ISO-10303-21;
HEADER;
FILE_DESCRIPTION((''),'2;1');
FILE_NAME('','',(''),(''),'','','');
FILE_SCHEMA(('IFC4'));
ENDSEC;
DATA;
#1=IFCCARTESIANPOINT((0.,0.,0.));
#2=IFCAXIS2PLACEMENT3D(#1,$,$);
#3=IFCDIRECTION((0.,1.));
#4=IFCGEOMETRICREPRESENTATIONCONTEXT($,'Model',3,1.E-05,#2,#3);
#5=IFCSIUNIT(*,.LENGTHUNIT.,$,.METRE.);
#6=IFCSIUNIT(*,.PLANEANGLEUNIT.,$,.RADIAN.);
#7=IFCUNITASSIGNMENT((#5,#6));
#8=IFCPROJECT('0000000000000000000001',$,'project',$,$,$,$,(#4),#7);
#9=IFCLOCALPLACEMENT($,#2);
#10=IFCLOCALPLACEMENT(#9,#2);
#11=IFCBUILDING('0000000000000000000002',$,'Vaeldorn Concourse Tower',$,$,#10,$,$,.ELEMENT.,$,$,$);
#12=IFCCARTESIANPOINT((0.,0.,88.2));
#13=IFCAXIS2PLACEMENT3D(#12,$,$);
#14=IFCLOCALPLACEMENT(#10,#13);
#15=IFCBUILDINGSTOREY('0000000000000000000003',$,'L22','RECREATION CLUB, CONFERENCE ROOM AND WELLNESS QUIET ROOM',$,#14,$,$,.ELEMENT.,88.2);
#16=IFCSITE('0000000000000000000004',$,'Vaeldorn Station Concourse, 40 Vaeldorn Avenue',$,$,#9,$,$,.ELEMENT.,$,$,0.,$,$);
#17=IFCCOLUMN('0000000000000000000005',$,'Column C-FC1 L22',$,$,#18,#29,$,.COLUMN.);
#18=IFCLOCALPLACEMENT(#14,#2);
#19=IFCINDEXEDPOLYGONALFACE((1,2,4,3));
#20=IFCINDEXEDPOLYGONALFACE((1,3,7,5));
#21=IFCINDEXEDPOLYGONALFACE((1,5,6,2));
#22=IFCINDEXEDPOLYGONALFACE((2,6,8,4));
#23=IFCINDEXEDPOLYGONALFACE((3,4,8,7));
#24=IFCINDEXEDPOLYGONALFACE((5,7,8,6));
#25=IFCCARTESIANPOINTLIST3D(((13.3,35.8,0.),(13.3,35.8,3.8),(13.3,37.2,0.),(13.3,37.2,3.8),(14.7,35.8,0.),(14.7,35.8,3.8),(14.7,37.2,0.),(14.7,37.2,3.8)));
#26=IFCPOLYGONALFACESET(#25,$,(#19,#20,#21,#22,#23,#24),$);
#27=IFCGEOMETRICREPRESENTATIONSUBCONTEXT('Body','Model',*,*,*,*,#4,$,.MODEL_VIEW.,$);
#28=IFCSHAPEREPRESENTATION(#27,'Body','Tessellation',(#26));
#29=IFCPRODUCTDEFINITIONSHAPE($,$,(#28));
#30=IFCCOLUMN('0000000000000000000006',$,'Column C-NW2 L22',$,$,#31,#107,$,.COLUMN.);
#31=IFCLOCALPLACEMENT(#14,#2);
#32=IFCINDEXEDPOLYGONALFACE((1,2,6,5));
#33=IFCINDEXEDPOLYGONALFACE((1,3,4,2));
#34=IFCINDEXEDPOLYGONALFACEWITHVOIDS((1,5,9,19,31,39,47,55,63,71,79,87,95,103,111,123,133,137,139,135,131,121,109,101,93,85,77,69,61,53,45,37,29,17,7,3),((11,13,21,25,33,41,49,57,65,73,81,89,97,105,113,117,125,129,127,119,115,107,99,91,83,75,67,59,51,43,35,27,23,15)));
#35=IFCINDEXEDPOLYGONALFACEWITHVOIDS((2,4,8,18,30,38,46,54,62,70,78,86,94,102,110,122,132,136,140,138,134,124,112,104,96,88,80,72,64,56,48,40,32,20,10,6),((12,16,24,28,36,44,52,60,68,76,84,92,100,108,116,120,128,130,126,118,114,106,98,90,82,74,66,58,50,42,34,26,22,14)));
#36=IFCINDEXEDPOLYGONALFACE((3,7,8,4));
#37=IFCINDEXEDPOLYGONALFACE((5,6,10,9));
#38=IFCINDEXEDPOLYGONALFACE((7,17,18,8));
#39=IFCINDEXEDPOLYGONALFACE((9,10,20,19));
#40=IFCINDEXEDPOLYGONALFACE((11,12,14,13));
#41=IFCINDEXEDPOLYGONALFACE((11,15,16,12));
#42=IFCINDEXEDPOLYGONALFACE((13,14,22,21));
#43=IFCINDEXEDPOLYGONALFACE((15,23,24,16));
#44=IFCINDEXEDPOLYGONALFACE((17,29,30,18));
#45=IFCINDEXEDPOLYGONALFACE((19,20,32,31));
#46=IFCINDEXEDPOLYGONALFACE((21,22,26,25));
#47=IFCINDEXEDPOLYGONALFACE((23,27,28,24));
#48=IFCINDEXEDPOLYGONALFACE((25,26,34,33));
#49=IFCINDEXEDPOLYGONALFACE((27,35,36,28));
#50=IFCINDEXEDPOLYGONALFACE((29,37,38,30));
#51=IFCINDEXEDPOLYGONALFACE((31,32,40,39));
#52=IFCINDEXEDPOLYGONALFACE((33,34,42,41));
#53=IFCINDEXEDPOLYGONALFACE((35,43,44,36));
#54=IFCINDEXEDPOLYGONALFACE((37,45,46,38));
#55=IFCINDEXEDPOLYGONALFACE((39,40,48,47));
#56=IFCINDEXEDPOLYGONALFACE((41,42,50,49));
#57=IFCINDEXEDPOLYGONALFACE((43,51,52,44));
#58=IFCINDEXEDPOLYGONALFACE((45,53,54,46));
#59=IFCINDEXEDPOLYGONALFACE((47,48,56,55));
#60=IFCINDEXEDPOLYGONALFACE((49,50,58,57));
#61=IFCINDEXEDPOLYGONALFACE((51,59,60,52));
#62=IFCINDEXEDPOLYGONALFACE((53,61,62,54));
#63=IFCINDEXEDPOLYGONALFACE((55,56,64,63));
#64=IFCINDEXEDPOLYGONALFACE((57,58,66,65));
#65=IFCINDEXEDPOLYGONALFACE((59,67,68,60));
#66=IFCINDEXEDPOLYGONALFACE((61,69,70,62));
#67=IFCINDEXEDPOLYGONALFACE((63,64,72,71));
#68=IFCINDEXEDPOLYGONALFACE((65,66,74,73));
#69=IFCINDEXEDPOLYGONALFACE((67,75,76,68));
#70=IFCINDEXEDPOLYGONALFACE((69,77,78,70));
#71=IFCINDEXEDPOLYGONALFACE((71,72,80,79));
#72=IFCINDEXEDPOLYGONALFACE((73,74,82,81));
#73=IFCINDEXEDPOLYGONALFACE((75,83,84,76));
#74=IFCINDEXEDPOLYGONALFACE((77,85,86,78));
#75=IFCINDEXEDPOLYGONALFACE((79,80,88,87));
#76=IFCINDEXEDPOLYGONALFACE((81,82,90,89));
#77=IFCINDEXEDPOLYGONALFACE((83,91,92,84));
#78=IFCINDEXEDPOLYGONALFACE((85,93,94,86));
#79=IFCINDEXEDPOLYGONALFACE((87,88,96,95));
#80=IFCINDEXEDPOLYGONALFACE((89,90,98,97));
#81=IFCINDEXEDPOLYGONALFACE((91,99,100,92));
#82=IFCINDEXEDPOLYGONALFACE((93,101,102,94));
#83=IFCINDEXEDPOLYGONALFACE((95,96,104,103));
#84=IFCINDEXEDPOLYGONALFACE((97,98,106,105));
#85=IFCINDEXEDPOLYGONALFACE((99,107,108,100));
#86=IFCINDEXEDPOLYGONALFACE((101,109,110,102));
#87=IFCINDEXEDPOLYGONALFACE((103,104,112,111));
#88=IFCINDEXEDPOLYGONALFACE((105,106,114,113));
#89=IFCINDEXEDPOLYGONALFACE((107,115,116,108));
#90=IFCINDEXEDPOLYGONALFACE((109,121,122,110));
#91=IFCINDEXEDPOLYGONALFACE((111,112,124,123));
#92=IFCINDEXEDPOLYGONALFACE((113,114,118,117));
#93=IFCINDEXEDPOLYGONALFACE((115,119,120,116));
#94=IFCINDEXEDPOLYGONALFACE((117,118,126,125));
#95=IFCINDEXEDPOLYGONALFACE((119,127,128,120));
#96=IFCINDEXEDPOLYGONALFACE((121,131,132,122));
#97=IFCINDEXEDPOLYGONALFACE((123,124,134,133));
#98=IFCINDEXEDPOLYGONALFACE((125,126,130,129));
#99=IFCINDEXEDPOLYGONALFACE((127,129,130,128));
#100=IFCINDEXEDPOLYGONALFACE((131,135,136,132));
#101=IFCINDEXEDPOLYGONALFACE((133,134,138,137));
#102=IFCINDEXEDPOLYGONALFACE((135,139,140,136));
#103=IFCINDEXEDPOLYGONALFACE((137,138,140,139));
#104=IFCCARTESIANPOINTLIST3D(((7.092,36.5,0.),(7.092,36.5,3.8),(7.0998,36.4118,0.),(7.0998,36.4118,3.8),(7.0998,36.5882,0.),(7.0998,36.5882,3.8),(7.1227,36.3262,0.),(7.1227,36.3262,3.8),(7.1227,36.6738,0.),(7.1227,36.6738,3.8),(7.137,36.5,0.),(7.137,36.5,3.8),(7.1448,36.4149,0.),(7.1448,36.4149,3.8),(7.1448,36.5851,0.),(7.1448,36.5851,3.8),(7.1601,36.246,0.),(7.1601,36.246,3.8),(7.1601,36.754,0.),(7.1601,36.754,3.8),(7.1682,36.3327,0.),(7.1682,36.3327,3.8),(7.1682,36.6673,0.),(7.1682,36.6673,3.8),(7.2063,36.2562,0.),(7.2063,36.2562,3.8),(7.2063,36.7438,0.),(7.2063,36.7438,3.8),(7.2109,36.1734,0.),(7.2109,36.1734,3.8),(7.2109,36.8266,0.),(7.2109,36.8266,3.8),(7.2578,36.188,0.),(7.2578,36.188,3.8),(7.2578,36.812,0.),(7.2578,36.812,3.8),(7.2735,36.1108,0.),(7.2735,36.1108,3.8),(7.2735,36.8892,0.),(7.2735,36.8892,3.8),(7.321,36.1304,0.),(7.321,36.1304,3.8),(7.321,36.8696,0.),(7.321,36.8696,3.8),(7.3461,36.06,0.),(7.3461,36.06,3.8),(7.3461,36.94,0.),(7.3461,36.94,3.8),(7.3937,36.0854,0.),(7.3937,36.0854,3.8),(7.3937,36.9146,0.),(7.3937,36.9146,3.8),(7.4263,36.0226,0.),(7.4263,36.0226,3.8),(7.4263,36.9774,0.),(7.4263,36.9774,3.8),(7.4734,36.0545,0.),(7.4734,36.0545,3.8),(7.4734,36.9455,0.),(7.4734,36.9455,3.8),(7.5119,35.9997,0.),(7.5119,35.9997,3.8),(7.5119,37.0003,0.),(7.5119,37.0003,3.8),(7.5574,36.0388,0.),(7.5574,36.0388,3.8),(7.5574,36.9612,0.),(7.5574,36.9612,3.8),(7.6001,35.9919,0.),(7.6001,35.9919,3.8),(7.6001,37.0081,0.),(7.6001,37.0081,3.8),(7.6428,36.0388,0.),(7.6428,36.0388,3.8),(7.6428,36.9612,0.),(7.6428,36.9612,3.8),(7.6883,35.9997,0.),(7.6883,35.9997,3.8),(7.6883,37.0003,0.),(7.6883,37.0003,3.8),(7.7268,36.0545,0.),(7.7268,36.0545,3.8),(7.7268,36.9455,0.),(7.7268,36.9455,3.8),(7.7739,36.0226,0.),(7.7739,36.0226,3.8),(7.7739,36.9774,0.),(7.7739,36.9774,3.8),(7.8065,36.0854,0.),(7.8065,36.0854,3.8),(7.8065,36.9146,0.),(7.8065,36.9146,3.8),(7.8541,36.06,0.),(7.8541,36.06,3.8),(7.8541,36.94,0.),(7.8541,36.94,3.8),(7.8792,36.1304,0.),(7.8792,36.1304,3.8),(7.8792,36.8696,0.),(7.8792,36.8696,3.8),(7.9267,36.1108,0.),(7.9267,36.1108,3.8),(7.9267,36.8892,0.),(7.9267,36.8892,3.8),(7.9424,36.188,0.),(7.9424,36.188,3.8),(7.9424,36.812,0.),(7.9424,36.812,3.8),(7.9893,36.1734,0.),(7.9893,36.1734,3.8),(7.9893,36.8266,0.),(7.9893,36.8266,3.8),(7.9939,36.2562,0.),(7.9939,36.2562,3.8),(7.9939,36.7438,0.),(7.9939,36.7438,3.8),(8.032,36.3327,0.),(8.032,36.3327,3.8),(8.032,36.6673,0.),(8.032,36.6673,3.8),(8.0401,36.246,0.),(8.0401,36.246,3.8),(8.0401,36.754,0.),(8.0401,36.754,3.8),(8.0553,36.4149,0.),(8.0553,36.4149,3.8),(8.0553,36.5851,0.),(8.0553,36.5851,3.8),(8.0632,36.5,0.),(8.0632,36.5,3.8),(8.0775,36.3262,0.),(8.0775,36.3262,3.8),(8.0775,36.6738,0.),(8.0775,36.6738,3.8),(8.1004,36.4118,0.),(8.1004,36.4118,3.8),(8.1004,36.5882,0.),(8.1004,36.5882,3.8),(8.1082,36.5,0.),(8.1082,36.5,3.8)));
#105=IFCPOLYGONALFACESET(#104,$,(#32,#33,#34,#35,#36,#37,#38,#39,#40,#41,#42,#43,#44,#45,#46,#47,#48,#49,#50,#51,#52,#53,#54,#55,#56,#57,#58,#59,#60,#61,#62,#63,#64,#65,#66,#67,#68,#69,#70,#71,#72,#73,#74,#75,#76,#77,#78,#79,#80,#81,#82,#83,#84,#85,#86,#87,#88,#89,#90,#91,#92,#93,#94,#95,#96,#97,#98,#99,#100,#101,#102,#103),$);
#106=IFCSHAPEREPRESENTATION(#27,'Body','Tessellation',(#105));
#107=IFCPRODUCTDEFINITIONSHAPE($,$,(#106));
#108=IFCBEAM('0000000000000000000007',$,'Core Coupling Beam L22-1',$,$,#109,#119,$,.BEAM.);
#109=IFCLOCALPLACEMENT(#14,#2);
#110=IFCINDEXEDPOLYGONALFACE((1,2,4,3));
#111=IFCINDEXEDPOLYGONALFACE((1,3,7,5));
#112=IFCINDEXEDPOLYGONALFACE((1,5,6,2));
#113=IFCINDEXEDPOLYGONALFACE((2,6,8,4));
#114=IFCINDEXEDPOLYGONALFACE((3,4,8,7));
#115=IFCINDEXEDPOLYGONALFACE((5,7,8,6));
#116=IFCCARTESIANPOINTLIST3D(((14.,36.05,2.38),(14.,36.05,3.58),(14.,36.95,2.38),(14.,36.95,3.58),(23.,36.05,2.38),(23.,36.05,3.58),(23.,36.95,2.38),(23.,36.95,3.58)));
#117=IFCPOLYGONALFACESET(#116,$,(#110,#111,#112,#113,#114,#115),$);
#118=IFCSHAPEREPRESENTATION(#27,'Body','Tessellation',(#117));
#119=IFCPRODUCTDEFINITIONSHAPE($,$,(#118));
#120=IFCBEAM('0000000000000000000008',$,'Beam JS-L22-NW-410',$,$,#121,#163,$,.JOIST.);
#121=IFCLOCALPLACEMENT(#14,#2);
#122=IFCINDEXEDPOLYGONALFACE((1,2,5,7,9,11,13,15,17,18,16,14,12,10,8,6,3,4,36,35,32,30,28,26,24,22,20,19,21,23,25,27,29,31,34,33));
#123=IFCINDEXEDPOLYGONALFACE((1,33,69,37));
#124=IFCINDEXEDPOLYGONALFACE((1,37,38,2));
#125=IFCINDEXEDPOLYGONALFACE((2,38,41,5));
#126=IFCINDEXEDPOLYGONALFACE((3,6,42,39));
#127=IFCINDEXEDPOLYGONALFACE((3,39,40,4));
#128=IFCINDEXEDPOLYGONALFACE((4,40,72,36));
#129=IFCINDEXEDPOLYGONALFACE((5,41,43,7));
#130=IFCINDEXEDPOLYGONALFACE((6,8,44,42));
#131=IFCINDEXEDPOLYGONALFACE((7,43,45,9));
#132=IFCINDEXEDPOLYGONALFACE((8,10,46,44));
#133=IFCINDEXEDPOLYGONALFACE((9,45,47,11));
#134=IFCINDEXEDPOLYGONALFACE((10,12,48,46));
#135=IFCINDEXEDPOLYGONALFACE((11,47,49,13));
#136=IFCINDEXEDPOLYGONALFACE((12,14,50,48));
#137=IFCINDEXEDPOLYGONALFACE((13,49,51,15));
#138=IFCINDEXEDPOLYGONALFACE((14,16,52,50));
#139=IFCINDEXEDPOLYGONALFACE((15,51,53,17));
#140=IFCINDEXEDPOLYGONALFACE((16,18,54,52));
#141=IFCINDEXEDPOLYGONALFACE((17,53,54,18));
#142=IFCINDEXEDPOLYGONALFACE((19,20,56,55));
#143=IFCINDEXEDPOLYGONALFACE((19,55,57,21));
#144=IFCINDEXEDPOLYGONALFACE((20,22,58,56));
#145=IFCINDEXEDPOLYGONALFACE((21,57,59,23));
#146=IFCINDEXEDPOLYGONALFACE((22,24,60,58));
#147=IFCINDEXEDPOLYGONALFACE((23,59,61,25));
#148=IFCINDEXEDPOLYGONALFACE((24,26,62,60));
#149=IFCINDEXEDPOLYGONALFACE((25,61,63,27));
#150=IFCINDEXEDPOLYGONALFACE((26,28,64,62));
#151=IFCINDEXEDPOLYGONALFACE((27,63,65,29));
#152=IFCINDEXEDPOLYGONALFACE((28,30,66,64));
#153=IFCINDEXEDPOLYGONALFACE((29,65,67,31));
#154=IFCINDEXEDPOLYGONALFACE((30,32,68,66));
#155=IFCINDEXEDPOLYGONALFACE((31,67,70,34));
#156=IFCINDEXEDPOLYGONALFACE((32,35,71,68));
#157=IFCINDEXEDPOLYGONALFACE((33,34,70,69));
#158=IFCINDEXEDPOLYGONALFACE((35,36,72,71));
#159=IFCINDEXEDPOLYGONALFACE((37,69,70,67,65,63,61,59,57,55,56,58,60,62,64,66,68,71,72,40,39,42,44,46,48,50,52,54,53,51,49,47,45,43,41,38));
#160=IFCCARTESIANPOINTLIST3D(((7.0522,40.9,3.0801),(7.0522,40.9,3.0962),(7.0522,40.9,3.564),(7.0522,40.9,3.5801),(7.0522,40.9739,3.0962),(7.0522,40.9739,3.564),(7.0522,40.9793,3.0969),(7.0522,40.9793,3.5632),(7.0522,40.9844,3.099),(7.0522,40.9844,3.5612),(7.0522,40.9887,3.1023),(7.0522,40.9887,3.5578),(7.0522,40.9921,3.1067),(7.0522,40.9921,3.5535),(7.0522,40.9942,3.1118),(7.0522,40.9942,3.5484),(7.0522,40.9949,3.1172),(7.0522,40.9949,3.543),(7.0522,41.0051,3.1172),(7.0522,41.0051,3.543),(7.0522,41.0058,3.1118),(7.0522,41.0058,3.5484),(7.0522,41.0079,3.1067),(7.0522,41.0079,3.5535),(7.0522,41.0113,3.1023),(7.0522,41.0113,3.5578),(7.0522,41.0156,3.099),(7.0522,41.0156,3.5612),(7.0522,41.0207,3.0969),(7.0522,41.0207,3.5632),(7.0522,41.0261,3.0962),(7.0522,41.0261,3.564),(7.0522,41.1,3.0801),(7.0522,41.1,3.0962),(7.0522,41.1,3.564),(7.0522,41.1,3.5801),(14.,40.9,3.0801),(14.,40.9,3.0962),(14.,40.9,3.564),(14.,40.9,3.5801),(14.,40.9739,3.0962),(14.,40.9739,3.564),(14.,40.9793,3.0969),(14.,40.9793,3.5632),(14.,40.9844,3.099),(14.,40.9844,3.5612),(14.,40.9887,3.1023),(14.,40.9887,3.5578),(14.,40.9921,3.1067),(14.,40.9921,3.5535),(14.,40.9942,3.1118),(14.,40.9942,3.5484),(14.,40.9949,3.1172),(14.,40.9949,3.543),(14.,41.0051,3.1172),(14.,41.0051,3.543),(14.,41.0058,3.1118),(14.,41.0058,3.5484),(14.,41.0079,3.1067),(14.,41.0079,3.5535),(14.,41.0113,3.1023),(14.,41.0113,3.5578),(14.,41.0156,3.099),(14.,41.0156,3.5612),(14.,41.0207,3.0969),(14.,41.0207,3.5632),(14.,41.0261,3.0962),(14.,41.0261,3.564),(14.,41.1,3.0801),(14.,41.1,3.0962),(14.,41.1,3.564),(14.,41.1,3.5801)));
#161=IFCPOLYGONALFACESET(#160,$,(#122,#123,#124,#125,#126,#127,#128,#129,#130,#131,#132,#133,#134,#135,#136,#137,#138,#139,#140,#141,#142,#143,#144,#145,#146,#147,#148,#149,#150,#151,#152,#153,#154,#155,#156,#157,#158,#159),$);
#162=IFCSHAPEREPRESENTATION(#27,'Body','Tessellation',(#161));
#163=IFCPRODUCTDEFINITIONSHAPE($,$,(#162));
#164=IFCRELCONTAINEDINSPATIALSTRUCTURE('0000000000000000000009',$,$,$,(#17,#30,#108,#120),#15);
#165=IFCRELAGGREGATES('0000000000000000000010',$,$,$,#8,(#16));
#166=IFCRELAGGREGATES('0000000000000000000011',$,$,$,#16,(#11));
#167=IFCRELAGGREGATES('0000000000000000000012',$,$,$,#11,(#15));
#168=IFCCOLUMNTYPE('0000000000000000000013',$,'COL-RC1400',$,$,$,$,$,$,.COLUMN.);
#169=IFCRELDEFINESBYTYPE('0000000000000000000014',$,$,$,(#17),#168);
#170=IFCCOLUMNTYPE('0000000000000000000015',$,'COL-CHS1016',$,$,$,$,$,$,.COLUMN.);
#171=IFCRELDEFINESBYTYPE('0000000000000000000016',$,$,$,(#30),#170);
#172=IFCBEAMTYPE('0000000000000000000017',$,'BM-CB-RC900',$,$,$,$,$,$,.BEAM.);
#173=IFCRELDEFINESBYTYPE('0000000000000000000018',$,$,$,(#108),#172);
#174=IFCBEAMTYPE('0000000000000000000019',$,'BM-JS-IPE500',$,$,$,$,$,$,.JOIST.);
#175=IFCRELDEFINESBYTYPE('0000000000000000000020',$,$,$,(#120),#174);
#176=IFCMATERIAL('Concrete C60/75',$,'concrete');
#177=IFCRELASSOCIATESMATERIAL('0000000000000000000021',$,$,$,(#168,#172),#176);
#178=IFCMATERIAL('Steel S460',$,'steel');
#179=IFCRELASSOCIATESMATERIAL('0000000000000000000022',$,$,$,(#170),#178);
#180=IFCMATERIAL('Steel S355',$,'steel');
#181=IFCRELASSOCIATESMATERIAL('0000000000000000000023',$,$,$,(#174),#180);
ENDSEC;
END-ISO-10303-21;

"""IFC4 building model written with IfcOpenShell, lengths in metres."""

from ifc_helpers import new_model, si_unit, direction, frame, origin, origin_2d, place, context, subcontext, project, spatial, rectangle, hollow_circle, i_section, extrude, source, transform, mapped, material, material_profile, profile_set, type_object, element, save


model = new_model("IFC4")

# Units and contexts
model_context = context("Model", 3, precision=1e-05, world=origin(), true_north=direction((0.0, 1.0)))
body_context = subcontext(model_context, "Body", "Model", "MODEL_VIEW")
ifc_project = project(units=[si_unit("LENGTHUNIT", "METRE"), si_unit("PLANEANGLEUNIT", "RADIAN")], contexts=[model_context])

# Site, building, storey
site_placement = place(None, origin())
site = spatial("IfcSite", under=ifc_project, at=site_placement, Name="Vaeldorn Station Concourse, 40 Vaeldorn Avenue", CompositionType="ELEMENT", RefElevation=0.0)
building_placement = place(site_placement, origin())
building = spatial("IfcBuilding", under=site, at=building_placement, Name="Vaeldorn Concourse Tower", CompositionType="ELEMENT")
storey_placement = place(building_placement, frame((0.0, 0.0, 88.2)))
storey = spatial("IfcBuildingStorey", under=building, at=storey_placement, Name="L22", Description="RECREATION CLUB, CONFERENCE ROOM AND WELLNESS QUIET ROOM", CompositionType="ELEMENT", Elevation=88.2)

# Columns
ifc_material_1 = material(Name="Concrete C60/75", Category="concrete")
ifc_material_profile_1 = material_profile(ifc_material_1, rectangle(XDim=1.3999, YDim=1.3999, at=origin_2d()), Name="RC 1400x1400")
ifc_profile_set_1 = profile_set([ifc_material_profile_1], Name="Concrete C60/75")
column_type_1 = type_object("IfcColumnType", Name="COL-RC1400", PredefinedType="COLUMN", material=ifc_profile_set_1)
shared_shape_1 = source(origin(), body_context, "Body", "SweptSolid", [
    extrude(rectangle(XDim=1.3999, YDim=1.3999, at=origin_2d()), origin(), (0.0, 0.0, 1.0), 3.8),
])
column_1_placement = place(storey_placement, frame((14.0, 36.5, 0.0), z_axis=(0.0, 0.0, 1.0), x_axis=(1.0, 0.0, 0.0)))
element("IfcColumn", 1, at=column_1_placement, inside=storey, type_object=column_type_1, Name="Column C-FC1 L22", PredefinedType="COLUMN", context=body_context, shape_type="MappedRepresentation", body=[
    mapped(shared_shape_1, transform((0.0, 0.0, 0.0), scale=1.0)),
])
ifc_material_2 = material(Name="Steel S460", Category="steel")
ifc_material_profile_2 = material_profile(ifc_material_2, hollow_circle(Radius=0.5081, WallThickness=0.0449, at=origin_2d()), Name="CHS 1016x45")
ifc_profile_set_2 = profile_set([ifc_material_profile_2], Name="Steel S460")
column_type_2 = type_object("IfcColumnType", Name="COL-CHS1016", PredefinedType="COLUMN", material=ifc_profile_set_2)
shared_shape_2 = source(origin(), body_context, "Body", "SweptSolid", [
    extrude(hollow_circle(Radius=0.5081, WallThickness=0.0449, at=origin_2d()), origin(), (0.0, 0.0, 1.0), 3.8),
])
column_2_placement = place(storey_placement, frame((7.6001, 36.5, 0.0), z_axis=(0.0, 0.0, 1.0), x_axis=(1.0, 0.0, 0.0)))
element("IfcColumn", 2, at=column_2_placement, inside=storey, type_object=column_type_2, Name="Column C-NW2 L22", PredefinedType="COLUMN", context=body_context, shape_type="MappedRepresentation", body=[
    mapped(shared_shape_2, transform((0.0, 0.0, 0.0), scale=1.0)),
])

# Beams
ifc_material_profile_3 = material_profile(ifc_material_1, rectangle(XDim=0.8999, YDim=1.2, at=origin_2d()), Name="RC 900x1200")
ifc_profile_set_3 = profile_set([ifc_material_profile_3], Name="Concrete C60/75")
beam_type_1 = type_object("IfcBeamType", Name="BM-CB-RC900", PredefinedType="BEAM", material=ifc_profile_set_3)
shared_shape_3 = source(origin(), body_context, "Body", "SweptSolid", [
    extrude(rectangle(XDim=0.8999, YDim=1.2, at=origin_2d()), origin(), (0.0, 0.0, 1.0), 9.0),
])
beam_1_placement = place(storey_placement, frame((14.0, 36.5, 2.98), z_axis=(1.0, 0.0, 0.0), x_axis=(0.0, 1.0, 0.0)))
element("IfcBeam", 3, at=beam_1_placement, inside=storey, type_object=beam_type_1, Name="Core Coupling Beam L22-1", PredefinedType="BEAM", context=body_context, shape_type="MappedRepresentation", body=[
    mapped(shared_shape_3, transform((0.0, 0.0, 0.0), scale=1.0)),
])
ifc_material_3 = material(Name="Steel S355", Category="steel")
ifc_material_profile_4 = material_profile(ifc_material_3, i_section(OverallWidth=0.2, OverallDepth=0.5, WebThickness=0.0103, FlangeThickness=0.0161, FilletRadius=0.021, at=origin_2d()), Name="IPE 500")
ifc_profile_set_4 = profile_set([ifc_material_profile_4], Name="Steel S355")
beam_type_2 = type_object("IfcBeamType", Name="BM-JS-IPE500", PredefinedType="JOIST", material=ifc_profile_set_4)
shared_shape_4 = source(origin(), body_context, "Body", "SweptSolid", [
    extrude(i_section(OverallWidth=0.2, OverallDepth=0.5, WebThickness=0.0103, FlangeThickness=0.0161, FilletRadius=0.021, at=origin_2d()), origin(), (0.0, 0.0, 1.0), 6.9478),
])
beam_2_placement = place(storey_placement, frame((7.0522, 41.0, 3.3301), z_axis=(1.0, 0.0, 0.0), x_axis=(0.0, 1.0, 0.0)))
element("IfcBeam", 4, at=beam_2_placement, inside=storey, type_object=beam_type_2, Name="Beam JS-L22-NW-410", PredefinedType="JOIST", context=body_context, shape_type="MappedRepresentation", body=[
    mapped(shared_shape_4, transform((0.0, 0.0, 0.0), scale=1.0)),
])

save(model, "model.ifc")
